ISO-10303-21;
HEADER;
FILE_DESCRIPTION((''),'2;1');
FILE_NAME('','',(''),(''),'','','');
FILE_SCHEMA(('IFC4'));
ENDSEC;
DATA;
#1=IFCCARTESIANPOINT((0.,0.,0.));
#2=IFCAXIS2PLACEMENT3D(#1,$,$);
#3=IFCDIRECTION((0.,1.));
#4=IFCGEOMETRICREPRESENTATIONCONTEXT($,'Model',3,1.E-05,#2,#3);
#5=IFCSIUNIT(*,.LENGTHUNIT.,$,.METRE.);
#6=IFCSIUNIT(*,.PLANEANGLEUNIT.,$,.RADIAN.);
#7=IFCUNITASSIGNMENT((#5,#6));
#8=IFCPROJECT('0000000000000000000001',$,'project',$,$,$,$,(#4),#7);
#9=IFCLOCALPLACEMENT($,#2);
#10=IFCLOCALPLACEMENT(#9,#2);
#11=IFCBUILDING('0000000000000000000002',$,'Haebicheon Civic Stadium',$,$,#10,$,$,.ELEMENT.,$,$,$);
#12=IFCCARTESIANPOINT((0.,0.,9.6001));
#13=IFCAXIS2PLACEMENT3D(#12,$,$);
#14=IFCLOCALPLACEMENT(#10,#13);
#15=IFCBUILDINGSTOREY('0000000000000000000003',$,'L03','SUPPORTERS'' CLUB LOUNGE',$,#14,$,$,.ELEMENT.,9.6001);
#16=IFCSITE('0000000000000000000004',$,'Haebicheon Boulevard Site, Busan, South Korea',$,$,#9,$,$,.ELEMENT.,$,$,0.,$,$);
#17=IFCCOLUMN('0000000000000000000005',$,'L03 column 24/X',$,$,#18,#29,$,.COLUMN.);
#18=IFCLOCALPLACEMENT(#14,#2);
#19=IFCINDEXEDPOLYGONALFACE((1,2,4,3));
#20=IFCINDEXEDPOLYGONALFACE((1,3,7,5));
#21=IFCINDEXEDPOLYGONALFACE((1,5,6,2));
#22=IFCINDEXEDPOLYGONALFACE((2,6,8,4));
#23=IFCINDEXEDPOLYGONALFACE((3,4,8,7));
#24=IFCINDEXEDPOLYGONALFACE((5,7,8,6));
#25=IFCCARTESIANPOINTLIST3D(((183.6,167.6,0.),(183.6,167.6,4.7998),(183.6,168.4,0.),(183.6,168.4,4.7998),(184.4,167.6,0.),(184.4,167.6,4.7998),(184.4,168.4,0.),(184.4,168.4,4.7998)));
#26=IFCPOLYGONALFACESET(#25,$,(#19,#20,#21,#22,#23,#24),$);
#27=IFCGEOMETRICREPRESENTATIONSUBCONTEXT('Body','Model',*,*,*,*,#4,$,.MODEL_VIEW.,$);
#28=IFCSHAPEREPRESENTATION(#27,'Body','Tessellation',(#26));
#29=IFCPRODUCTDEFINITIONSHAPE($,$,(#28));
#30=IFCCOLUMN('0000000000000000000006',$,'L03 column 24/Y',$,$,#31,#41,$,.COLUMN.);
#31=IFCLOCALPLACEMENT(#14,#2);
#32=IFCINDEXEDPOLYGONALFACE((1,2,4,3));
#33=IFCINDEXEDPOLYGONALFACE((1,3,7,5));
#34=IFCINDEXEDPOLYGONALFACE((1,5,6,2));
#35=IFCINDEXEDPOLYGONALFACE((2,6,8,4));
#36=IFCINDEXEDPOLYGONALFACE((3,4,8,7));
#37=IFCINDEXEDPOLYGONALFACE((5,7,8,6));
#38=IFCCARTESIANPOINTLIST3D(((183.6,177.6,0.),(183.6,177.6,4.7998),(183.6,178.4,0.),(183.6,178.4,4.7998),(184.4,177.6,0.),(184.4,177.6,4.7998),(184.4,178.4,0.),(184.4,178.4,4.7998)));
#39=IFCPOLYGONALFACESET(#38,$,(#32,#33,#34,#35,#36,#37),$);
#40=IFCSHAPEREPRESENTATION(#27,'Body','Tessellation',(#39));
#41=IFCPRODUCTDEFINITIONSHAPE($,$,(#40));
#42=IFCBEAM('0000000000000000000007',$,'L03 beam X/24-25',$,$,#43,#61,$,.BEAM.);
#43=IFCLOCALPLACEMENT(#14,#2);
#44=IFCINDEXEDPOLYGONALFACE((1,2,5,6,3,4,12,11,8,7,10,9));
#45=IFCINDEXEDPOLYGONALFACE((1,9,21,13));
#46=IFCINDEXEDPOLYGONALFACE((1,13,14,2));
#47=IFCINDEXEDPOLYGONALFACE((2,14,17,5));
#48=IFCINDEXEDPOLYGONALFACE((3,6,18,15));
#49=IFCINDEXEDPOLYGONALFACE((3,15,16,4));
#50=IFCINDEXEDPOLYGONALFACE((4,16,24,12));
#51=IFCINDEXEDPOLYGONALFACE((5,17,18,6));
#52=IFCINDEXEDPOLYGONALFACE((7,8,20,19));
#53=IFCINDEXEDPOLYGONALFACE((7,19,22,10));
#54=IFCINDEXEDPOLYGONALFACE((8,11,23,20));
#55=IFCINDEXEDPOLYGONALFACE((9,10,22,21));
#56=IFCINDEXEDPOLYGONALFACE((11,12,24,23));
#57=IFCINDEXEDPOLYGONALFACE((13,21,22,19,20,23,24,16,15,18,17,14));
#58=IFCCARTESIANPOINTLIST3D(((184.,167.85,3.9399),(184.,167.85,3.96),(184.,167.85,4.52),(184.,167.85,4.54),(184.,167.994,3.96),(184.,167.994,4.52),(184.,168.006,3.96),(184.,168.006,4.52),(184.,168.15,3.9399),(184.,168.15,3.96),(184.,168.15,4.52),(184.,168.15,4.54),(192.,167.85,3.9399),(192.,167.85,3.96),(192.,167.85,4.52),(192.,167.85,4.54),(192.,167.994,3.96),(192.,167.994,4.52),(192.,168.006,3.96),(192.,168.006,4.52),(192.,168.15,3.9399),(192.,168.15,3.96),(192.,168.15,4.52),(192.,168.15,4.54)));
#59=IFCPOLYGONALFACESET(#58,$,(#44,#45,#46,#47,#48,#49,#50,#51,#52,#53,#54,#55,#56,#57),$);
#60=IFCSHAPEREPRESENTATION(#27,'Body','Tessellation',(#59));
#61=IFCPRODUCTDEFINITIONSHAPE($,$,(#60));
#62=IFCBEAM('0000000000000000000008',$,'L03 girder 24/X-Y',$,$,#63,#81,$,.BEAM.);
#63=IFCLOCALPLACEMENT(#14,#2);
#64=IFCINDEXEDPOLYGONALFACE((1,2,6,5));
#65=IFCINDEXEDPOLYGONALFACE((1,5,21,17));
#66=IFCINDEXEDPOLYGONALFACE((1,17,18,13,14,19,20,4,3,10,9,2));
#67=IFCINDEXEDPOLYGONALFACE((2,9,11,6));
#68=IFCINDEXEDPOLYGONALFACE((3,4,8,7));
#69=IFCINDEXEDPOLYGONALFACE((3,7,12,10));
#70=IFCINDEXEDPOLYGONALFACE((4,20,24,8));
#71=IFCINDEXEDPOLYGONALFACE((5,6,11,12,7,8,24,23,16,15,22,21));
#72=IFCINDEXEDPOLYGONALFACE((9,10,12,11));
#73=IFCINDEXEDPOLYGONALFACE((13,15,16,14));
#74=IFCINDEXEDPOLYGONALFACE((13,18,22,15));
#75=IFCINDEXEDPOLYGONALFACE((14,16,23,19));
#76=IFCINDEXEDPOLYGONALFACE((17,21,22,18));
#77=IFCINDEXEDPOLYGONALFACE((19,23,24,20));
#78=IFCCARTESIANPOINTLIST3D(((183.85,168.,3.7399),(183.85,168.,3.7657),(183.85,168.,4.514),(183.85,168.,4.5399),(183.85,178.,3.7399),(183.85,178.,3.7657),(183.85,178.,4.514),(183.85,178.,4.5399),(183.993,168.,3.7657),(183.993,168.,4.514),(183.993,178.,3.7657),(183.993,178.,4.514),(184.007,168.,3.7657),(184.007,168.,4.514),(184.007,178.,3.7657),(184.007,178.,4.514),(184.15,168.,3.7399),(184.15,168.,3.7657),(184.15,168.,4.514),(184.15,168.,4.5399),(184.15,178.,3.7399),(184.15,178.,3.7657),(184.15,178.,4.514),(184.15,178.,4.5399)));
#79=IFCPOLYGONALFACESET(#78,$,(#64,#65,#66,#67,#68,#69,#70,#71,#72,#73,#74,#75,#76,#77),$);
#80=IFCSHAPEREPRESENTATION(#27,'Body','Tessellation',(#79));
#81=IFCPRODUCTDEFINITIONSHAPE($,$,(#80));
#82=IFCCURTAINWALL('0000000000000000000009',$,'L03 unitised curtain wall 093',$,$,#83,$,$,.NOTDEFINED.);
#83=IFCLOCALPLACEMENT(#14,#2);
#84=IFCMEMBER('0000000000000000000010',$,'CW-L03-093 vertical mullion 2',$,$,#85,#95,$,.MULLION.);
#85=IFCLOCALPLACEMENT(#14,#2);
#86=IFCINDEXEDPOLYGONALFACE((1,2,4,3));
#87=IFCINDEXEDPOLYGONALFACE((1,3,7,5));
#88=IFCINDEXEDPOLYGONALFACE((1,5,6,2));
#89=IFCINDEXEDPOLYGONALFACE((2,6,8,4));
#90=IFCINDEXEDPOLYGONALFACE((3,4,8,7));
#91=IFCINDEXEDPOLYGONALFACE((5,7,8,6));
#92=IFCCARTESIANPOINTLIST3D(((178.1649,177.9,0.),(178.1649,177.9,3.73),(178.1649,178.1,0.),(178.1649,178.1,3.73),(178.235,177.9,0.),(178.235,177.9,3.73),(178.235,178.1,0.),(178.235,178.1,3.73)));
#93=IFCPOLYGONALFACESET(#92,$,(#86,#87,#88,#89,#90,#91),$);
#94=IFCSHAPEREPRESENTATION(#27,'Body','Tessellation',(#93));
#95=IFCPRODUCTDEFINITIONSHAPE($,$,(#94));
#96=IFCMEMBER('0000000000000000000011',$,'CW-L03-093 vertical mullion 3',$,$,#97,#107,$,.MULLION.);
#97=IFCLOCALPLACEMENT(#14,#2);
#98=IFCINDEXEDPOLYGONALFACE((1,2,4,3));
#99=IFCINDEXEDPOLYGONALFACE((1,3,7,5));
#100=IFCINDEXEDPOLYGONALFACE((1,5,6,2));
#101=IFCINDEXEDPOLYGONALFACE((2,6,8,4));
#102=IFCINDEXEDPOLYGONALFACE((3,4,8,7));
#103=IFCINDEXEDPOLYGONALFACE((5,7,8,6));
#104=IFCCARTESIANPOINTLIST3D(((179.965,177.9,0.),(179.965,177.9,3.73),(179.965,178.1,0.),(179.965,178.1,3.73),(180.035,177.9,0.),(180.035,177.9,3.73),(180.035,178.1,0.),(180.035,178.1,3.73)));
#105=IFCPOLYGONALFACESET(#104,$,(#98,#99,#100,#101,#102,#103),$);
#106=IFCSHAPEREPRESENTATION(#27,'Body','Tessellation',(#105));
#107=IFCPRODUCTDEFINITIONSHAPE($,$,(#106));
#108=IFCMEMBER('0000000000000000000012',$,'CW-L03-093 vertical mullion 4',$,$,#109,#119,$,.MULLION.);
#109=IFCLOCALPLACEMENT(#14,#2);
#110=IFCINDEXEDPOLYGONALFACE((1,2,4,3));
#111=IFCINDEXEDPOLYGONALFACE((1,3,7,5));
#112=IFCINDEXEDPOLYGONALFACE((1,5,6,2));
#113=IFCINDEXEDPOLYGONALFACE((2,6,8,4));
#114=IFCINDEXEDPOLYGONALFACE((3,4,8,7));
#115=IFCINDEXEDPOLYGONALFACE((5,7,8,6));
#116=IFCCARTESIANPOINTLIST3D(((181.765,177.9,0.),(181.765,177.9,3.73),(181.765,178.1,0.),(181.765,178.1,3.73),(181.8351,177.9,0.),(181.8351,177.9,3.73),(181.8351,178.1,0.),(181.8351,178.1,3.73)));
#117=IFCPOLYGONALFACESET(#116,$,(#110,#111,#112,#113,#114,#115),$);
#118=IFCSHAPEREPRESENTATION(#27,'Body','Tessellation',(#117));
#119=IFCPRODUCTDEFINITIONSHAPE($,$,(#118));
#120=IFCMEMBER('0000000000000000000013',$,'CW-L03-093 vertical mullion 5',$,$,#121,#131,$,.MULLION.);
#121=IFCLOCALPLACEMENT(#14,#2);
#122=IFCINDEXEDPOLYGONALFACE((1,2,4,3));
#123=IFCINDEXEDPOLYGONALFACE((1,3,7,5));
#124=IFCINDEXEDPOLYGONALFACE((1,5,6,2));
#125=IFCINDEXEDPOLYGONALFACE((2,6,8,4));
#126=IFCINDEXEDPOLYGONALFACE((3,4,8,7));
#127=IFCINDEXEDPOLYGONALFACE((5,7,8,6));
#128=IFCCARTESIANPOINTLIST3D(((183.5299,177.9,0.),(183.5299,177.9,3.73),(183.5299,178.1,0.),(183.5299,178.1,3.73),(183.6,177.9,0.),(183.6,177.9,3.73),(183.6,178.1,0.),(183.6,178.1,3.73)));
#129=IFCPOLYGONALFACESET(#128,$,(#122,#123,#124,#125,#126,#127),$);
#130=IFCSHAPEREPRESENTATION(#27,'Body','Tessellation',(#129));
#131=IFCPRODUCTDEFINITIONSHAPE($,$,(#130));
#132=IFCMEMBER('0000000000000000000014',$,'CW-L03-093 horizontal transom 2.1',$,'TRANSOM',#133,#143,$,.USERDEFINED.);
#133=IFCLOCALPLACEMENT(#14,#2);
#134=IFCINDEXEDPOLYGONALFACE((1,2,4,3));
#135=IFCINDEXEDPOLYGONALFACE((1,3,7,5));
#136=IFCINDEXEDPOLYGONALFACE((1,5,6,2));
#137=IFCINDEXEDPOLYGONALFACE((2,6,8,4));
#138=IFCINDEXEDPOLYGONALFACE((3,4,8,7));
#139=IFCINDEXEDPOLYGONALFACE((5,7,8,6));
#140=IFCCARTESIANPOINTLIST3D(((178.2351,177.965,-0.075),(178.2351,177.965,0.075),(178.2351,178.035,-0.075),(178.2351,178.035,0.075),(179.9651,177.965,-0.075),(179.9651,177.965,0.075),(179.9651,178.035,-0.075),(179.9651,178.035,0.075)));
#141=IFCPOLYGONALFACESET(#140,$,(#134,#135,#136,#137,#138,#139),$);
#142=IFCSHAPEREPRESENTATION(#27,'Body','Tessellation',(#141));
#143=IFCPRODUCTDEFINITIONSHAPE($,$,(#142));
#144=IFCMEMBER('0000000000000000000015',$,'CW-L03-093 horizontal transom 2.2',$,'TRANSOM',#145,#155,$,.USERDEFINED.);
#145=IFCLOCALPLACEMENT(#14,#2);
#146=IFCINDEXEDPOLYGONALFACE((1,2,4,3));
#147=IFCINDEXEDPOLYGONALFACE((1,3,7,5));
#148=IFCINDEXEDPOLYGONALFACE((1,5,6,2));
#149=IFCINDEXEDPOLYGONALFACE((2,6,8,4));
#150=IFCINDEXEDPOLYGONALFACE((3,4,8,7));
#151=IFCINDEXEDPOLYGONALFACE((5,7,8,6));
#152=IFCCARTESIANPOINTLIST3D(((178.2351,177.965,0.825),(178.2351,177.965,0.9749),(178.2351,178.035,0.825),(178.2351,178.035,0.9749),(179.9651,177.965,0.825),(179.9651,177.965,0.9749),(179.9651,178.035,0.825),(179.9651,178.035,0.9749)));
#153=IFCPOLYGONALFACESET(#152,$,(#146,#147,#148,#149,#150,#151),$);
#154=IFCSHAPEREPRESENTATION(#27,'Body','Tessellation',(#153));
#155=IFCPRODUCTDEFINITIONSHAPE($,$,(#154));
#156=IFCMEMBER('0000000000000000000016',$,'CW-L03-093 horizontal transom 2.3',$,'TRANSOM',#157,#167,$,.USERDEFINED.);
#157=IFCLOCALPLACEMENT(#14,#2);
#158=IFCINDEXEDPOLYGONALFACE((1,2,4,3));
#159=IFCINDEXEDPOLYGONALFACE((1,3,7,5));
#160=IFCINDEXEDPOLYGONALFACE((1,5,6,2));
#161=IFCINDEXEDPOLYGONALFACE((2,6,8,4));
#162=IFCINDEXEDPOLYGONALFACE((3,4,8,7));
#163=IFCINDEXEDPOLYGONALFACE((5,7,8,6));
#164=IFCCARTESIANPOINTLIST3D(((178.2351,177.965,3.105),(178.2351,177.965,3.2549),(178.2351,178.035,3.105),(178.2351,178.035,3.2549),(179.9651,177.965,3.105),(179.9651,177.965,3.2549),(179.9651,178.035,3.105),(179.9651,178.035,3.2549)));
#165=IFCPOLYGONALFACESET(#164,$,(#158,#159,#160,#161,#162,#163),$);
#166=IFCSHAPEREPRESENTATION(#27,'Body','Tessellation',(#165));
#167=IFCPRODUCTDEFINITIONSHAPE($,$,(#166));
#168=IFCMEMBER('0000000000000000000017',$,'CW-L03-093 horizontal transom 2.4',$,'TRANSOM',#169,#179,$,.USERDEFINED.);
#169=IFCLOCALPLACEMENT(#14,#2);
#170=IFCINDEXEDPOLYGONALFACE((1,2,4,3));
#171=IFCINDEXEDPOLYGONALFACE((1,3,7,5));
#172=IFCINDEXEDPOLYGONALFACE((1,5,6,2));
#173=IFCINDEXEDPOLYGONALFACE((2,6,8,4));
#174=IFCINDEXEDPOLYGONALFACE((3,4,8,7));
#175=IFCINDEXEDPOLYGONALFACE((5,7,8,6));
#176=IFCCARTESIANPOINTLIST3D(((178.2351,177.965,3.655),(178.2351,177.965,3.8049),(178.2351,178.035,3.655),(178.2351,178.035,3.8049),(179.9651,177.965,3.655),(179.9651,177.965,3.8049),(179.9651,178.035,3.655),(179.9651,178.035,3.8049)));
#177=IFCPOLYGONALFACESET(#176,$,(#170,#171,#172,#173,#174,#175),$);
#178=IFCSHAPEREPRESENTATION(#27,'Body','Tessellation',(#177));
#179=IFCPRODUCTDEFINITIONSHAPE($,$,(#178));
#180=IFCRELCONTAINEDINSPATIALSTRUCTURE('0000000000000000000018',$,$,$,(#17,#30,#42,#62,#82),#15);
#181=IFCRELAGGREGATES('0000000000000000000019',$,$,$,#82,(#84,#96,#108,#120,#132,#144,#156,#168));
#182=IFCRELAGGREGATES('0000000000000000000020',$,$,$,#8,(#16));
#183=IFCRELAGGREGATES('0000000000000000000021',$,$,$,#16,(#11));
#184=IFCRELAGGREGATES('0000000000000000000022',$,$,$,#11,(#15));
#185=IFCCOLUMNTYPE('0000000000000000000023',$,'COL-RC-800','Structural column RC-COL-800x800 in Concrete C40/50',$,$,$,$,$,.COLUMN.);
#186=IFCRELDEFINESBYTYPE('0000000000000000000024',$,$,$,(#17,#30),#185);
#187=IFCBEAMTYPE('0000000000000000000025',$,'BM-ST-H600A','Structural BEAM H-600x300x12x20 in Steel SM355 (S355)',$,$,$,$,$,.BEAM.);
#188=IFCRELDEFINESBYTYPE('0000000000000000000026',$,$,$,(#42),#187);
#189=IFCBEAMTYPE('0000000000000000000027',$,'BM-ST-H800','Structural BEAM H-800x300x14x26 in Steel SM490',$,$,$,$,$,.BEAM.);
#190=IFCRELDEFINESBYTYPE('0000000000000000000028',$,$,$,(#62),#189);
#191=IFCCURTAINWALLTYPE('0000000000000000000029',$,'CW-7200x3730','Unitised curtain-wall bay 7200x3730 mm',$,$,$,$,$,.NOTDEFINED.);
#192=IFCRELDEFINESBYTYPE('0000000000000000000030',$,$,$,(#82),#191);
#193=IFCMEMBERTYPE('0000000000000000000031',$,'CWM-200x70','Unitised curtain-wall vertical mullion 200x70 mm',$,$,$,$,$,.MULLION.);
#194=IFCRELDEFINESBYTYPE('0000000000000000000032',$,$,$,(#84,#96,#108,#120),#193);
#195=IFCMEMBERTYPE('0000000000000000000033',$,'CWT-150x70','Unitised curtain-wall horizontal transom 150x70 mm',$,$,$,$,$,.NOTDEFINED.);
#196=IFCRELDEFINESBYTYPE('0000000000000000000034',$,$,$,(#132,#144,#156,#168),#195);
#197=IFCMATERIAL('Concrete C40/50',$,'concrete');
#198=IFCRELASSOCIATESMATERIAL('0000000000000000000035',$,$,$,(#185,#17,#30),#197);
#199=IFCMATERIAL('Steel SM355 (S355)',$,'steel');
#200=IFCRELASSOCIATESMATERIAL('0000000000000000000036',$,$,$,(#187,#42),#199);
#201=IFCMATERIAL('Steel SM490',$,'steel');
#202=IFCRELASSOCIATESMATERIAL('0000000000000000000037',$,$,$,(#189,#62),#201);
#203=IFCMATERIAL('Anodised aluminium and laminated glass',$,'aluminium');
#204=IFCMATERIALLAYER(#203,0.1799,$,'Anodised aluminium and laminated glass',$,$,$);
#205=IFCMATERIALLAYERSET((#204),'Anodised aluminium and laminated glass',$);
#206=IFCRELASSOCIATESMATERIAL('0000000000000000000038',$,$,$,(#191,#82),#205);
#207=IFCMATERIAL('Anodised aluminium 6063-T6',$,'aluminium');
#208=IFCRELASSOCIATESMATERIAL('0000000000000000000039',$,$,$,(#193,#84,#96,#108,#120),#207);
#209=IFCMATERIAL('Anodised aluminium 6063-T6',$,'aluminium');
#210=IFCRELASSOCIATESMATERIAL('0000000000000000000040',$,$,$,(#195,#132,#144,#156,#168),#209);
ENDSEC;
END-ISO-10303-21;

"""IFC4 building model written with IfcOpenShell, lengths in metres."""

from ifc_helpers import new_model, si_unit, direction, frame, origin, origin_2d, place, context, subcontext, project, spatial, rectangle, i_section, extrude, material, layer, layer_set, material_profile, profile_set, type_object, element, aggregate, save


model = new_model("IFC4")

# Units and contexts
model_context = context("Model", 3, precision=1e-05, world=origin(), true_north=direction((0.0, 1.0)))
body_context = subcontext(model_context, "Body", "Model", "MODEL_VIEW")
ifc_project = project(units=[si_unit("LENGTHUNIT", "METRE"), si_unit("PLANEANGLEUNIT", "RADIAN")], contexts=[model_context])

# Site, building, storey
site_placement = place(None, origin())
site = spatial("IfcSite", under=ifc_project, at=site_placement, Name="Haebicheon Boulevard Site, Busan, South Korea", CompositionType="ELEMENT", RefElevation=0.0)
building_placement = place(site_placement, origin())
building = spatial("IfcBuilding", under=site, at=building_placement, Name="Haebicheon Civic Stadium", CompositionType="ELEMENT")
storey_placement = place(building_placement, frame((0.0, 0.0, 9.6001)))
storey = spatial("IfcBuildingStorey", under=building, at=storey_placement, Name="L03", Description="SUPPORTERS' CLUB LOUNGE", CompositionType="ELEMENT", Elevation=9.6001)

# Columns
ifc_material_1 = material(Name="Concrete C40/50", Category="concrete")
ifc_material_profile_1 = material_profile(ifc_material_1, rectangle(XDim=0.8, YDim=0.8, at=origin_2d()), Name="RC-COL-800x800")
ifc_profile_set_1 = profile_set([ifc_material_profile_1], Name="Concrete C40/50")
column_type = type_object("IfcColumnType", Name="COL-RC-800", Description="Structural column RC-COL-800x800 in Concrete C40/50", PredefinedType="COLUMN", material=ifc_profile_set_1)
for number, where, z_axis, x_axis, name in (
    (1, (184.0, 168.0, 0.0), (0.0, 0.0, 1.0), (1.0, 0.0, 0.0), "L03 column 24/X"),
    (2, (184.0, 178.0, 0.0), (0.0, 0.0, 1.0), (1.0, 0.0, 0.0), "L03 column 24/Y"),
):
    element("IfcColumn", number, at=place(storey_placement, frame(where, z_axis=z_axis, x_axis=x_axis)), inside=storey, type_object=column_type, material=ifc_profile_set_1, Name=name, PredefinedType="COLUMN", context=body_context, shape_type="SweptSolid", body=[
        extrude(rectangle(XDim=0.8, YDim=0.8, at=origin_2d()), origin(), (0.0, 0.0, 1.0), 4.7998),
    ])

# Beams
ifc_material_2 = material(Name="Steel SM355 (S355)", Category="steel")
ifc_material_profile_2 = material_profile(ifc_material_2, i_section(OverallWidth=0.3, OverallDepth=0.6001, WebThickness=0.012, FlangeThickness=0.02, at=origin_2d()), Name="H-600x300x12x20")
ifc_profile_set_2 = profile_set([ifc_material_profile_2], Name="Steel SM355 (S355)")
beam_type_1 = type_object("IfcBeamType", Name="BM-ST-H600A", Description="Structural BEAM H-600x300x12x20 in Steel SM355 (S355)", PredefinedType="BEAM", material=ifc_profile_set_2)
beam_1_placement = place(storey_placement, frame((184.0, 168.0, 4.24), z_axis=(1.0, 0.0, 0.0), x_axis=(0.0, 1.0, 0.0)))
element("IfcBeam", 3, at=beam_1_placement, inside=storey, type_object=beam_type_1, material=ifc_profile_set_2, Name="L03 beam X/24-25", PredefinedType="BEAM", context=body_context, shape_type="SweptSolid", body=[
    extrude(i_section(OverallWidth=0.3, OverallDepth=0.6001, WebThickness=0.012, FlangeThickness=0.02, at=origin_2d()), origin(), (0.0, 0.0, 1.0), 8.0),
])
ifc_material_3 = material(Name="Steel SM490", Category="steel")
ifc_material_profile_3 = material_profile(ifc_material_3, i_section(OverallWidth=0.3, OverallDepth=0.8, WebThickness=0.0139, FlangeThickness=0.0259, at=origin_2d()), Name="H-800x300x14x26")
ifc_profile_set_3 = profile_set([ifc_material_profile_3], Name="Steel SM490")
beam_type_2 = type_object("IfcBeamType", Name="BM-ST-H800", Description="Structural BEAM H-800x300x14x26 in Steel SM490", PredefinedType="BEAM", material=ifc_profile_set_3)
beam_2_placement = place(storey_placement, frame((184.0, 168.0, 4.1399), z_axis=(0.0, 1.0, 0.0), x_axis=(-1.0, 0.0, 0.0)))
element("IfcBeam", 4, at=beam_2_placement, inside=storey, type_object=beam_type_2, material=ifc_profile_set_3, Name="L03 girder 24/X-Y", PredefinedType="BEAM", context=body_context, shape_type="SweptSolid", body=[
    extrude(i_section(OverallWidth=0.3, OverallDepth=0.8, WebThickness=0.0139, FlangeThickness=0.0259, at=origin_2d()), origin(), (0.0, 0.0, 1.0), 10.0),
])

# Curtain wall, members
ifc_material_4 = material(Name="Anodised aluminium and laminated glass", Category="aluminium")
ifc_layer_1 = layer(ifc_material_4, 0.1799, Name="Anodised aluminium and laminated glass")
ifc_layer_set_1 = layer_set([ifc_layer_1], Name="Anodised aluminium and laminated glass")
curtain_wall_type = type_object("IfcCurtainWallType", Name="CW-7200x3730", Description="Unitised curtain-wall bay 7200x3730 mm", PredefinedType="NOTDEFINED", material=ifc_layer_set_1)
curtain_wall_placement = place(storey_placement, origin())
curtain_wall = element("IfcCurtainWall", 5, at=curtain_wall_placement, inside=storey, type_object=curtain_wall_type, material=ifc_layer_set_1, Name="L03 unitised curtain wall 093", PredefinedType="NOTDEFINED")
ifc_material_5 = material(Name="Anodised aluminium 6063-T6", Category="aluminium")
ifc_material_profile_4 = material_profile(ifc_material_5, rectangle(XDim=0.0701, YDim=0.2, at=origin_2d()), Name="ALU-MULL-70x200")
ifc_profile_set_4 = profile_set([ifc_material_profile_4], Name="Anodised aluminium 6063-T6")
member_type_1 = type_object("IfcMemberType", Name="CWM-200x70", Description="Unitised curtain-wall vertical mullion 200x70 mm", PredefinedType="MULLION", material=ifc_profile_set_4)
member_1_placement = place(storey_placement, frame((178.2, 178.0, 0.0), z_axis=(0.0, 0.0, 1.0), x_axis=(1.0, 0.0, 0.0)))
member_1 = element("IfcMember", 6, at=member_1_placement, type_object=member_type_1, material=ifc_profile_set_4, Name="CW-L03-093 vertical mullion 2", PredefinedType="MULLION", context=body_context, shape_type="SweptSolid", body=[
    extrude(rectangle(XDim=0.0701, YDim=0.2, at=origin_2d()), origin(), (0.0, 0.0, 1.0), 3.73),
])
member_2_placement = place(storey_placement, frame((180.0, 178.0, 0.0), z_axis=(0.0, 0.0, 1.0), x_axis=(1.0, 0.0, 0.0)))
member_2 = element("IfcMember", 7, at=member_2_placement, type_object=member_type_1, material=ifc_profile_set_4, Name="CW-L03-093 vertical mullion 3", PredefinedType="MULLION", context=body_context, shape_type="SweptSolid", body=[
    extrude(rectangle(XDim=0.0701, YDim=0.2, at=origin_2d()), origin(), (0.0, 0.0, 1.0), 3.73),
])
member_3_placement = place(storey_placement, frame((181.8, 178.0, 0.0), z_axis=(0.0, 0.0, 1.0), x_axis=(1.0, 0.0, 0.0)))
member_3 = element("IfcMember", 8, at=member_3_placement, type_object=member_type_1, material=ifc_profile_set_4, Name="CW-L03-093 vertical mullion 4", PredefinedType="MULLION", context=body_context, shape_type="SweptSolid", body=[
    extrude(rectangle(XDim=0.0701, YDim=0.2, at=origin_2d()), origin(), (0.0, 0.0, 1.0), 3.73),
])
member_4_placement = place(storey_placement, frame((183.5649, 178.0, 0.0), z_axis=(0.0, 0.0, 1.0), x_axis=(1.0, 0.0, 0.0)))
member_4 = element("IfcMember", 9, at=member_4_placement, type_object=member_type_1, material=ifc_profile_set_4, Name="CW-L03-093 vertical mullion 5", PredefinedType="MULLION", context=body_context, shape_type="SweptSolid", body=[
    extrude(rectangle(XDim=0.0701, YDim=0.2, at=origin_2d()), origin(), (0.0, 0.0, 1.0), 3.73),
])
ifc_material_6 = material(Name="Anodised aluminium 6063-T6", Category="aluminium")
ifc_material_profile_5 = material_profile(ifc_material_6, rectangle(XDim=0.0701, YDim=0.1499, at=origin_2d()), Name="ALU-TRAN-70x150")
ifc_profile_set_5 = profile_set([ifc_material_profile_5], Name="Anodised aluminium 6063-T6")
member_type_2 = type_object("IfcMemberType", Name="CWT-150x70", Description="Unitised curtain-wall horizontal transom 150x70 mm", PredefinedType="NOTDEFINED", material=ifc_profile_set_5)
member_5_placement = place(storey_placement, frame((178.2351, 178.0, 0.0), z_axis=(1.0, 0.0, 0.0), x_axis=(0.0, 1.0, 0.0)))
member_5 = element("IfcMember", 10, at=member_5_placement, type_object=member_type_2, material=ifc_profile_set_5, Name="CW-L03-093 horizontal transom 2.1", ObjectType="TRANSOM", PredefinedType="USERDEFINED", context=body_context, shape_type="SweptSolid", body=[
    extrude(rectangle(XDim=0.0701, YDim=0.1499, at=origin_2d()), origin(), (0.0, 0.0, 1.0), 1.73),
])
member_6_placement = place(storey_placement, frame((178.2351, 178.0, 0.8999), z_axis=(1.0, 0.0, 0.0), x_axis=(0.0, 1.0, 0.0)))
member_6 = element("IfcMember", 11, at=member_6_placement, type_object=member_type_2, material=ifc_profile_set_5, Name="CW-L03-093 horizontal transom 2.2", ObjectType="TRANSOM", PredefinedType="USERDEFINED", context=body_context, shape_type="SweptSolid", body=[
    extrude(rectangle(XDim=0.0701, YDim=0.1499, at=origin_2d()), origin(), (0.0, 0.0, 1.0), 1.73),
])
member_7_placement = place(storey_placement, frame((178.2351, 178.0, 3.1799), z_axis=(1.0, 0.0, 0.0), x_axis=(0.0, 1.0, 0.0)))
member_7 = element("IfcMember", 12, at=member_7_placement, type_object=member_type_2, material=ifc_profile_set_5, Name="CW-L03-093 horizontal transom 2.3", ObjectType="TRANSOM", PredefinedType="USERDEFINED", context=body_context, shape_type="SweptSolid", body=[
    extrude(rectangle(XDim=0.0701, YDim=0.1499, at=origin_2d()), origin(), (0.0, 0.0, 1.0), 1.73),
])
member_8_placement = place(storey_placement, frame((178.2351, 178.0, 3.73), z_axis=(1.0, 0.0, 0.0), x_axis=(0.0, 1.0, 0.0)))
member_8 = element("IfcMember", 13, at=member_8_placement, type_object=member_type_2, material=ifc_profile_set_5, Name="CW-L03-093 horizontal transom 2.4", ObjectType="TRANSOM", PredefinedType="USERDEFINED", context=body_context, shape_type="SweptSolid", body=[
    extrude(rectangle(XDim=0.0701, YDim=0.1499, at=origin_2d()), origin(), (0.0, 0.0, 1.0), 1.73),
])

aggregate(curtain_wall, [member_1, member_2, member_3, member_4, member_5, member_6, member_7, member_8])

save(model, "model.ifc")
